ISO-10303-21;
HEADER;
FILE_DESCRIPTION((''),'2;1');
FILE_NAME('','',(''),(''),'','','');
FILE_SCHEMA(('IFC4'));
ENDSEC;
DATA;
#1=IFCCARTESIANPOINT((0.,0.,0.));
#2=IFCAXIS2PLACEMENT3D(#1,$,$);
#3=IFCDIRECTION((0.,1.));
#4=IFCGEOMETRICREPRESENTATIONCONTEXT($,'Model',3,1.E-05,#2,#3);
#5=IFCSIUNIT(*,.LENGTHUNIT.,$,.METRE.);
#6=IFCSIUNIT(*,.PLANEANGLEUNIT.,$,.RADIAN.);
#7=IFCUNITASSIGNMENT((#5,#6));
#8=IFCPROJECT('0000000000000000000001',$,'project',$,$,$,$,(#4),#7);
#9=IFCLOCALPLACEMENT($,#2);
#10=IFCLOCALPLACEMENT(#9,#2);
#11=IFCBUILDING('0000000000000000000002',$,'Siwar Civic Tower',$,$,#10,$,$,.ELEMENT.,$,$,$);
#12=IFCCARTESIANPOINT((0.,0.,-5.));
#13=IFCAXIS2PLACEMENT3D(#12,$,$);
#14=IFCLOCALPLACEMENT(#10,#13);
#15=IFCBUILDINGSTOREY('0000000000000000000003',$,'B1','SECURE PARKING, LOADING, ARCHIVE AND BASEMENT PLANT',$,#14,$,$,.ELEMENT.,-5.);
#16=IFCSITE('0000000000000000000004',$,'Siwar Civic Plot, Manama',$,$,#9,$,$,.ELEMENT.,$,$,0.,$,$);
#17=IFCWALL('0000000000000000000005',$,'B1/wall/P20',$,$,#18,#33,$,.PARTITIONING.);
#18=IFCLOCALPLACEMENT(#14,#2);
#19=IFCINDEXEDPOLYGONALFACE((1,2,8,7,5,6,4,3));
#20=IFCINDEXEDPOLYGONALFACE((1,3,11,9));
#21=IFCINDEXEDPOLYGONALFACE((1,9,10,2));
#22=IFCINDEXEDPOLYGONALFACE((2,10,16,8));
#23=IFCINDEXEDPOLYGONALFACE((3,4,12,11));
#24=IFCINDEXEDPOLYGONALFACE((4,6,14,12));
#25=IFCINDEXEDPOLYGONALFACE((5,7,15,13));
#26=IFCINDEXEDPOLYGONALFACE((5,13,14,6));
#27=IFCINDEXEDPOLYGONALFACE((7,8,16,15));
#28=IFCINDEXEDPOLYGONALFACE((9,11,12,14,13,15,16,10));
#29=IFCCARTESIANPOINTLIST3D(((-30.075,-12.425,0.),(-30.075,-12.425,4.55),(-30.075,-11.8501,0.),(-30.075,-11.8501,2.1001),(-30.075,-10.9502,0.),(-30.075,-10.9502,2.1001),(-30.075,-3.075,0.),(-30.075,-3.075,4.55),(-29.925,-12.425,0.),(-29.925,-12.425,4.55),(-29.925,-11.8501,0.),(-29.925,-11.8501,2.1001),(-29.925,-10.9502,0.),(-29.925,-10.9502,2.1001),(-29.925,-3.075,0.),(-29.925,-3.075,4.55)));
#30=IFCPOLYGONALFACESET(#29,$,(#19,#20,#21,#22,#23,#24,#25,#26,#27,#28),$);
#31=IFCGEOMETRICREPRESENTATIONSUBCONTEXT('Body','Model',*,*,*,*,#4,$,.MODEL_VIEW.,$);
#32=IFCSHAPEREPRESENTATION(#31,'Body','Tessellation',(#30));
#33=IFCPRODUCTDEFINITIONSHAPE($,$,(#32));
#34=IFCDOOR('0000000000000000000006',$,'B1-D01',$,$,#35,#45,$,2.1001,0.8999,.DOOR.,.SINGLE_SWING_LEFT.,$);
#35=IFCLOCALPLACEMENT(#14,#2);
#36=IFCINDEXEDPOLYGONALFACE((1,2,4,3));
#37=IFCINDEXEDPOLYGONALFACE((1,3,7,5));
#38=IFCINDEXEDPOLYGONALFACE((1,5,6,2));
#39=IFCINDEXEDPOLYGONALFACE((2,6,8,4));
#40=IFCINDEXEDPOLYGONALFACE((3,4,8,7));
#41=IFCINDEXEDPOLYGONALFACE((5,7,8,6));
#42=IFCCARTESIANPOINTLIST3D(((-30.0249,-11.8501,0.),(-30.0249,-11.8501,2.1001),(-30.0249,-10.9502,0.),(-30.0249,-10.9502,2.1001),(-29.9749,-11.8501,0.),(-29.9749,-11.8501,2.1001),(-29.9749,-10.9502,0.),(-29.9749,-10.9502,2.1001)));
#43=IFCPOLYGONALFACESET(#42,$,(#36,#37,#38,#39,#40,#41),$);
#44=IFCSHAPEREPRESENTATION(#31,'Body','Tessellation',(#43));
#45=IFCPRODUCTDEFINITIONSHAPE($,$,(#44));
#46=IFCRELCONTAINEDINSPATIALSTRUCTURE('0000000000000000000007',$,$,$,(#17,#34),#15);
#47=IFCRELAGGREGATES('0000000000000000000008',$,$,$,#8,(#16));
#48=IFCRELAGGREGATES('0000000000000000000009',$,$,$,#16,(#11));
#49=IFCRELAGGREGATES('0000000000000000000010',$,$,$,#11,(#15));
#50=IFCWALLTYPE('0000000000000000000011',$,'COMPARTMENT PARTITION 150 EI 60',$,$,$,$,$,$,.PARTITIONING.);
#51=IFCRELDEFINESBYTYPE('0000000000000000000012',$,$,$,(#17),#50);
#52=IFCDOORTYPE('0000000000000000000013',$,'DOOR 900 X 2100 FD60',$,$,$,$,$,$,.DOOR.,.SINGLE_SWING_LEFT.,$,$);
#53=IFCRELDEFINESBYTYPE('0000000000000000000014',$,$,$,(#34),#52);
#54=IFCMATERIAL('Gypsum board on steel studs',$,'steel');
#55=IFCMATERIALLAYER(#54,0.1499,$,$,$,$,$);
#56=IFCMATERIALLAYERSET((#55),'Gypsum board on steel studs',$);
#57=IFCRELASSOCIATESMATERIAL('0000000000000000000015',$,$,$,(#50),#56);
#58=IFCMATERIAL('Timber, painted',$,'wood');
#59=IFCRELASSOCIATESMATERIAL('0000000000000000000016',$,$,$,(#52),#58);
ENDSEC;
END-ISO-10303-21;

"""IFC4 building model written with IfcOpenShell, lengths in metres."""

from ifc_helpers import new_model, si_unit, direction, frame, frame_2d, origin, place, context, subcontext, project, spatial, rectangle, extrude, material, layer, layer_set, type_object, element, fill, save


model = new_model("IFC4")

# Units and contexts
model_context = context("Model", 3, precision=1e-05, world=origin(), true_north=direction((0.0, 1.0)))
body_context = subcontext(model_context, "Body", "Model", "MODEL_VIEW")
ifc_project = project(units=[si_unit("LENGTHUNIT", "METRE"), si_unit("PLANEANGLEUNIT", "RADIAN")], contexts=[model_context])

# Site, building, storey
site_placement = place(None, origin())
site = spatial("IfcSite", under=ifc_project, at=site_placement, Name="Siwar Civic Plot, Manama", CompositionType="ELEMENT", RefElevation=0.0)
building_placement = place(site_placement, origin())
building = spatial("IfcBuilding", under=site, at=building_placement, Name="Siwar Civic Tower", CompositionType="ELEMENT")
storey_placement = place(building_placement, frame((0.0, 0.0, -5.0)))
storey = spatial("IfcBuildingStorey", under=building, at=storey_placement, Name="B1", Description="SECURE PARKING, LOADING, ARCHIVE AND BASEMENT PLANT", CompositionType="ELEMENT", Elevation=-5.0)

# Shared definitions
ifc_material_1 = material(Name="Gypsum board on steel studs", Category="steel")
ifc_layer = layer(ifc_material_1, 0.1499)
ifc_layer_set = layer_set([ifc_layer], Name="Gypsum board on steel studs")
wall_type = type_object("IfcWallType", Name="COMPARTMENT PARTITION 150 EI 60", PredefinedType="PARTITIONING", material=ifc_layer_set)

# Wall, opening, door
wall_placement = place(storey_placement, frame((-30.0, -12.425, 0.0), z_axis=(0.0, 0.0, 1.0), x_axis=(0.0, 1.0, 0.0)))
wall = element("IfcWall", 1, at=wall_placement, inside=storey, type_object=wall_type, Name="B1/wall/P20", PredefinedType="PARTITIONING", context=body_context, shape_type="SweptSolid", body=[
    extrude(rectangle(XDim=9.3501, YDim=0.1499, at=frame_2d((4.675, 0.0))), origin(), (0.0, 0.0, 1.0), 4.55),
])
opening_placement = place(wall_placement, frame((0.575, 0.0, 0.0)))
opening = element("IfcOpeningElement", 2, at=opening_placement, cuts=wall, PredefinedType="OPENING", context=body_context, shape_type="SweptSolid", body=[
    extrude(rectangle(XDim=0.8999, YDim=2.1001, at=frame_2d((0.45, 1.05))), frame((0.0, 0.085, 0.0), z_axis=(0.0, -1.0, 0.0), x_axis=(1.0, 0.0, 0.0)), (0.0, 0.0, 1.0), 0.1699),
])
ifc_material_2 = material(Name="Timber, painted", Category="wood")
door_type = type_object("IfcDoorType", Name="DOOR 900 X 2100 FD60", OperationType="SINGLE_SWING_LEFT", PredefinedType="DOOR", material=ifc_material_2)
door_placement = place(opening_placement, origin())
door = element("IfcDoor", 3, at=door_placement, inside=storey, type_object=door_type, Name="B1-D01", OperationType="SINGLE_SWING_LEFT", OverallHeight=2.1001, OverallWidth=0.8999, PredefinedType="DOOR", context=body_context, shape_type="SweptSolid", body=[
    extrude(rectangle(XDim=0.8999, YDim=2.1001, at=frame_2d((0.45, 1.05))), frame((0.0, 0.0249, 0.0), z_axis=(0.0, -1.0, 0.0), x_axis=(1.0, 0.0, 0.0)), (0.0, 0.0, 1.0), 0.05),
])
fill(opening, door)

save(model, "model.ifc")
